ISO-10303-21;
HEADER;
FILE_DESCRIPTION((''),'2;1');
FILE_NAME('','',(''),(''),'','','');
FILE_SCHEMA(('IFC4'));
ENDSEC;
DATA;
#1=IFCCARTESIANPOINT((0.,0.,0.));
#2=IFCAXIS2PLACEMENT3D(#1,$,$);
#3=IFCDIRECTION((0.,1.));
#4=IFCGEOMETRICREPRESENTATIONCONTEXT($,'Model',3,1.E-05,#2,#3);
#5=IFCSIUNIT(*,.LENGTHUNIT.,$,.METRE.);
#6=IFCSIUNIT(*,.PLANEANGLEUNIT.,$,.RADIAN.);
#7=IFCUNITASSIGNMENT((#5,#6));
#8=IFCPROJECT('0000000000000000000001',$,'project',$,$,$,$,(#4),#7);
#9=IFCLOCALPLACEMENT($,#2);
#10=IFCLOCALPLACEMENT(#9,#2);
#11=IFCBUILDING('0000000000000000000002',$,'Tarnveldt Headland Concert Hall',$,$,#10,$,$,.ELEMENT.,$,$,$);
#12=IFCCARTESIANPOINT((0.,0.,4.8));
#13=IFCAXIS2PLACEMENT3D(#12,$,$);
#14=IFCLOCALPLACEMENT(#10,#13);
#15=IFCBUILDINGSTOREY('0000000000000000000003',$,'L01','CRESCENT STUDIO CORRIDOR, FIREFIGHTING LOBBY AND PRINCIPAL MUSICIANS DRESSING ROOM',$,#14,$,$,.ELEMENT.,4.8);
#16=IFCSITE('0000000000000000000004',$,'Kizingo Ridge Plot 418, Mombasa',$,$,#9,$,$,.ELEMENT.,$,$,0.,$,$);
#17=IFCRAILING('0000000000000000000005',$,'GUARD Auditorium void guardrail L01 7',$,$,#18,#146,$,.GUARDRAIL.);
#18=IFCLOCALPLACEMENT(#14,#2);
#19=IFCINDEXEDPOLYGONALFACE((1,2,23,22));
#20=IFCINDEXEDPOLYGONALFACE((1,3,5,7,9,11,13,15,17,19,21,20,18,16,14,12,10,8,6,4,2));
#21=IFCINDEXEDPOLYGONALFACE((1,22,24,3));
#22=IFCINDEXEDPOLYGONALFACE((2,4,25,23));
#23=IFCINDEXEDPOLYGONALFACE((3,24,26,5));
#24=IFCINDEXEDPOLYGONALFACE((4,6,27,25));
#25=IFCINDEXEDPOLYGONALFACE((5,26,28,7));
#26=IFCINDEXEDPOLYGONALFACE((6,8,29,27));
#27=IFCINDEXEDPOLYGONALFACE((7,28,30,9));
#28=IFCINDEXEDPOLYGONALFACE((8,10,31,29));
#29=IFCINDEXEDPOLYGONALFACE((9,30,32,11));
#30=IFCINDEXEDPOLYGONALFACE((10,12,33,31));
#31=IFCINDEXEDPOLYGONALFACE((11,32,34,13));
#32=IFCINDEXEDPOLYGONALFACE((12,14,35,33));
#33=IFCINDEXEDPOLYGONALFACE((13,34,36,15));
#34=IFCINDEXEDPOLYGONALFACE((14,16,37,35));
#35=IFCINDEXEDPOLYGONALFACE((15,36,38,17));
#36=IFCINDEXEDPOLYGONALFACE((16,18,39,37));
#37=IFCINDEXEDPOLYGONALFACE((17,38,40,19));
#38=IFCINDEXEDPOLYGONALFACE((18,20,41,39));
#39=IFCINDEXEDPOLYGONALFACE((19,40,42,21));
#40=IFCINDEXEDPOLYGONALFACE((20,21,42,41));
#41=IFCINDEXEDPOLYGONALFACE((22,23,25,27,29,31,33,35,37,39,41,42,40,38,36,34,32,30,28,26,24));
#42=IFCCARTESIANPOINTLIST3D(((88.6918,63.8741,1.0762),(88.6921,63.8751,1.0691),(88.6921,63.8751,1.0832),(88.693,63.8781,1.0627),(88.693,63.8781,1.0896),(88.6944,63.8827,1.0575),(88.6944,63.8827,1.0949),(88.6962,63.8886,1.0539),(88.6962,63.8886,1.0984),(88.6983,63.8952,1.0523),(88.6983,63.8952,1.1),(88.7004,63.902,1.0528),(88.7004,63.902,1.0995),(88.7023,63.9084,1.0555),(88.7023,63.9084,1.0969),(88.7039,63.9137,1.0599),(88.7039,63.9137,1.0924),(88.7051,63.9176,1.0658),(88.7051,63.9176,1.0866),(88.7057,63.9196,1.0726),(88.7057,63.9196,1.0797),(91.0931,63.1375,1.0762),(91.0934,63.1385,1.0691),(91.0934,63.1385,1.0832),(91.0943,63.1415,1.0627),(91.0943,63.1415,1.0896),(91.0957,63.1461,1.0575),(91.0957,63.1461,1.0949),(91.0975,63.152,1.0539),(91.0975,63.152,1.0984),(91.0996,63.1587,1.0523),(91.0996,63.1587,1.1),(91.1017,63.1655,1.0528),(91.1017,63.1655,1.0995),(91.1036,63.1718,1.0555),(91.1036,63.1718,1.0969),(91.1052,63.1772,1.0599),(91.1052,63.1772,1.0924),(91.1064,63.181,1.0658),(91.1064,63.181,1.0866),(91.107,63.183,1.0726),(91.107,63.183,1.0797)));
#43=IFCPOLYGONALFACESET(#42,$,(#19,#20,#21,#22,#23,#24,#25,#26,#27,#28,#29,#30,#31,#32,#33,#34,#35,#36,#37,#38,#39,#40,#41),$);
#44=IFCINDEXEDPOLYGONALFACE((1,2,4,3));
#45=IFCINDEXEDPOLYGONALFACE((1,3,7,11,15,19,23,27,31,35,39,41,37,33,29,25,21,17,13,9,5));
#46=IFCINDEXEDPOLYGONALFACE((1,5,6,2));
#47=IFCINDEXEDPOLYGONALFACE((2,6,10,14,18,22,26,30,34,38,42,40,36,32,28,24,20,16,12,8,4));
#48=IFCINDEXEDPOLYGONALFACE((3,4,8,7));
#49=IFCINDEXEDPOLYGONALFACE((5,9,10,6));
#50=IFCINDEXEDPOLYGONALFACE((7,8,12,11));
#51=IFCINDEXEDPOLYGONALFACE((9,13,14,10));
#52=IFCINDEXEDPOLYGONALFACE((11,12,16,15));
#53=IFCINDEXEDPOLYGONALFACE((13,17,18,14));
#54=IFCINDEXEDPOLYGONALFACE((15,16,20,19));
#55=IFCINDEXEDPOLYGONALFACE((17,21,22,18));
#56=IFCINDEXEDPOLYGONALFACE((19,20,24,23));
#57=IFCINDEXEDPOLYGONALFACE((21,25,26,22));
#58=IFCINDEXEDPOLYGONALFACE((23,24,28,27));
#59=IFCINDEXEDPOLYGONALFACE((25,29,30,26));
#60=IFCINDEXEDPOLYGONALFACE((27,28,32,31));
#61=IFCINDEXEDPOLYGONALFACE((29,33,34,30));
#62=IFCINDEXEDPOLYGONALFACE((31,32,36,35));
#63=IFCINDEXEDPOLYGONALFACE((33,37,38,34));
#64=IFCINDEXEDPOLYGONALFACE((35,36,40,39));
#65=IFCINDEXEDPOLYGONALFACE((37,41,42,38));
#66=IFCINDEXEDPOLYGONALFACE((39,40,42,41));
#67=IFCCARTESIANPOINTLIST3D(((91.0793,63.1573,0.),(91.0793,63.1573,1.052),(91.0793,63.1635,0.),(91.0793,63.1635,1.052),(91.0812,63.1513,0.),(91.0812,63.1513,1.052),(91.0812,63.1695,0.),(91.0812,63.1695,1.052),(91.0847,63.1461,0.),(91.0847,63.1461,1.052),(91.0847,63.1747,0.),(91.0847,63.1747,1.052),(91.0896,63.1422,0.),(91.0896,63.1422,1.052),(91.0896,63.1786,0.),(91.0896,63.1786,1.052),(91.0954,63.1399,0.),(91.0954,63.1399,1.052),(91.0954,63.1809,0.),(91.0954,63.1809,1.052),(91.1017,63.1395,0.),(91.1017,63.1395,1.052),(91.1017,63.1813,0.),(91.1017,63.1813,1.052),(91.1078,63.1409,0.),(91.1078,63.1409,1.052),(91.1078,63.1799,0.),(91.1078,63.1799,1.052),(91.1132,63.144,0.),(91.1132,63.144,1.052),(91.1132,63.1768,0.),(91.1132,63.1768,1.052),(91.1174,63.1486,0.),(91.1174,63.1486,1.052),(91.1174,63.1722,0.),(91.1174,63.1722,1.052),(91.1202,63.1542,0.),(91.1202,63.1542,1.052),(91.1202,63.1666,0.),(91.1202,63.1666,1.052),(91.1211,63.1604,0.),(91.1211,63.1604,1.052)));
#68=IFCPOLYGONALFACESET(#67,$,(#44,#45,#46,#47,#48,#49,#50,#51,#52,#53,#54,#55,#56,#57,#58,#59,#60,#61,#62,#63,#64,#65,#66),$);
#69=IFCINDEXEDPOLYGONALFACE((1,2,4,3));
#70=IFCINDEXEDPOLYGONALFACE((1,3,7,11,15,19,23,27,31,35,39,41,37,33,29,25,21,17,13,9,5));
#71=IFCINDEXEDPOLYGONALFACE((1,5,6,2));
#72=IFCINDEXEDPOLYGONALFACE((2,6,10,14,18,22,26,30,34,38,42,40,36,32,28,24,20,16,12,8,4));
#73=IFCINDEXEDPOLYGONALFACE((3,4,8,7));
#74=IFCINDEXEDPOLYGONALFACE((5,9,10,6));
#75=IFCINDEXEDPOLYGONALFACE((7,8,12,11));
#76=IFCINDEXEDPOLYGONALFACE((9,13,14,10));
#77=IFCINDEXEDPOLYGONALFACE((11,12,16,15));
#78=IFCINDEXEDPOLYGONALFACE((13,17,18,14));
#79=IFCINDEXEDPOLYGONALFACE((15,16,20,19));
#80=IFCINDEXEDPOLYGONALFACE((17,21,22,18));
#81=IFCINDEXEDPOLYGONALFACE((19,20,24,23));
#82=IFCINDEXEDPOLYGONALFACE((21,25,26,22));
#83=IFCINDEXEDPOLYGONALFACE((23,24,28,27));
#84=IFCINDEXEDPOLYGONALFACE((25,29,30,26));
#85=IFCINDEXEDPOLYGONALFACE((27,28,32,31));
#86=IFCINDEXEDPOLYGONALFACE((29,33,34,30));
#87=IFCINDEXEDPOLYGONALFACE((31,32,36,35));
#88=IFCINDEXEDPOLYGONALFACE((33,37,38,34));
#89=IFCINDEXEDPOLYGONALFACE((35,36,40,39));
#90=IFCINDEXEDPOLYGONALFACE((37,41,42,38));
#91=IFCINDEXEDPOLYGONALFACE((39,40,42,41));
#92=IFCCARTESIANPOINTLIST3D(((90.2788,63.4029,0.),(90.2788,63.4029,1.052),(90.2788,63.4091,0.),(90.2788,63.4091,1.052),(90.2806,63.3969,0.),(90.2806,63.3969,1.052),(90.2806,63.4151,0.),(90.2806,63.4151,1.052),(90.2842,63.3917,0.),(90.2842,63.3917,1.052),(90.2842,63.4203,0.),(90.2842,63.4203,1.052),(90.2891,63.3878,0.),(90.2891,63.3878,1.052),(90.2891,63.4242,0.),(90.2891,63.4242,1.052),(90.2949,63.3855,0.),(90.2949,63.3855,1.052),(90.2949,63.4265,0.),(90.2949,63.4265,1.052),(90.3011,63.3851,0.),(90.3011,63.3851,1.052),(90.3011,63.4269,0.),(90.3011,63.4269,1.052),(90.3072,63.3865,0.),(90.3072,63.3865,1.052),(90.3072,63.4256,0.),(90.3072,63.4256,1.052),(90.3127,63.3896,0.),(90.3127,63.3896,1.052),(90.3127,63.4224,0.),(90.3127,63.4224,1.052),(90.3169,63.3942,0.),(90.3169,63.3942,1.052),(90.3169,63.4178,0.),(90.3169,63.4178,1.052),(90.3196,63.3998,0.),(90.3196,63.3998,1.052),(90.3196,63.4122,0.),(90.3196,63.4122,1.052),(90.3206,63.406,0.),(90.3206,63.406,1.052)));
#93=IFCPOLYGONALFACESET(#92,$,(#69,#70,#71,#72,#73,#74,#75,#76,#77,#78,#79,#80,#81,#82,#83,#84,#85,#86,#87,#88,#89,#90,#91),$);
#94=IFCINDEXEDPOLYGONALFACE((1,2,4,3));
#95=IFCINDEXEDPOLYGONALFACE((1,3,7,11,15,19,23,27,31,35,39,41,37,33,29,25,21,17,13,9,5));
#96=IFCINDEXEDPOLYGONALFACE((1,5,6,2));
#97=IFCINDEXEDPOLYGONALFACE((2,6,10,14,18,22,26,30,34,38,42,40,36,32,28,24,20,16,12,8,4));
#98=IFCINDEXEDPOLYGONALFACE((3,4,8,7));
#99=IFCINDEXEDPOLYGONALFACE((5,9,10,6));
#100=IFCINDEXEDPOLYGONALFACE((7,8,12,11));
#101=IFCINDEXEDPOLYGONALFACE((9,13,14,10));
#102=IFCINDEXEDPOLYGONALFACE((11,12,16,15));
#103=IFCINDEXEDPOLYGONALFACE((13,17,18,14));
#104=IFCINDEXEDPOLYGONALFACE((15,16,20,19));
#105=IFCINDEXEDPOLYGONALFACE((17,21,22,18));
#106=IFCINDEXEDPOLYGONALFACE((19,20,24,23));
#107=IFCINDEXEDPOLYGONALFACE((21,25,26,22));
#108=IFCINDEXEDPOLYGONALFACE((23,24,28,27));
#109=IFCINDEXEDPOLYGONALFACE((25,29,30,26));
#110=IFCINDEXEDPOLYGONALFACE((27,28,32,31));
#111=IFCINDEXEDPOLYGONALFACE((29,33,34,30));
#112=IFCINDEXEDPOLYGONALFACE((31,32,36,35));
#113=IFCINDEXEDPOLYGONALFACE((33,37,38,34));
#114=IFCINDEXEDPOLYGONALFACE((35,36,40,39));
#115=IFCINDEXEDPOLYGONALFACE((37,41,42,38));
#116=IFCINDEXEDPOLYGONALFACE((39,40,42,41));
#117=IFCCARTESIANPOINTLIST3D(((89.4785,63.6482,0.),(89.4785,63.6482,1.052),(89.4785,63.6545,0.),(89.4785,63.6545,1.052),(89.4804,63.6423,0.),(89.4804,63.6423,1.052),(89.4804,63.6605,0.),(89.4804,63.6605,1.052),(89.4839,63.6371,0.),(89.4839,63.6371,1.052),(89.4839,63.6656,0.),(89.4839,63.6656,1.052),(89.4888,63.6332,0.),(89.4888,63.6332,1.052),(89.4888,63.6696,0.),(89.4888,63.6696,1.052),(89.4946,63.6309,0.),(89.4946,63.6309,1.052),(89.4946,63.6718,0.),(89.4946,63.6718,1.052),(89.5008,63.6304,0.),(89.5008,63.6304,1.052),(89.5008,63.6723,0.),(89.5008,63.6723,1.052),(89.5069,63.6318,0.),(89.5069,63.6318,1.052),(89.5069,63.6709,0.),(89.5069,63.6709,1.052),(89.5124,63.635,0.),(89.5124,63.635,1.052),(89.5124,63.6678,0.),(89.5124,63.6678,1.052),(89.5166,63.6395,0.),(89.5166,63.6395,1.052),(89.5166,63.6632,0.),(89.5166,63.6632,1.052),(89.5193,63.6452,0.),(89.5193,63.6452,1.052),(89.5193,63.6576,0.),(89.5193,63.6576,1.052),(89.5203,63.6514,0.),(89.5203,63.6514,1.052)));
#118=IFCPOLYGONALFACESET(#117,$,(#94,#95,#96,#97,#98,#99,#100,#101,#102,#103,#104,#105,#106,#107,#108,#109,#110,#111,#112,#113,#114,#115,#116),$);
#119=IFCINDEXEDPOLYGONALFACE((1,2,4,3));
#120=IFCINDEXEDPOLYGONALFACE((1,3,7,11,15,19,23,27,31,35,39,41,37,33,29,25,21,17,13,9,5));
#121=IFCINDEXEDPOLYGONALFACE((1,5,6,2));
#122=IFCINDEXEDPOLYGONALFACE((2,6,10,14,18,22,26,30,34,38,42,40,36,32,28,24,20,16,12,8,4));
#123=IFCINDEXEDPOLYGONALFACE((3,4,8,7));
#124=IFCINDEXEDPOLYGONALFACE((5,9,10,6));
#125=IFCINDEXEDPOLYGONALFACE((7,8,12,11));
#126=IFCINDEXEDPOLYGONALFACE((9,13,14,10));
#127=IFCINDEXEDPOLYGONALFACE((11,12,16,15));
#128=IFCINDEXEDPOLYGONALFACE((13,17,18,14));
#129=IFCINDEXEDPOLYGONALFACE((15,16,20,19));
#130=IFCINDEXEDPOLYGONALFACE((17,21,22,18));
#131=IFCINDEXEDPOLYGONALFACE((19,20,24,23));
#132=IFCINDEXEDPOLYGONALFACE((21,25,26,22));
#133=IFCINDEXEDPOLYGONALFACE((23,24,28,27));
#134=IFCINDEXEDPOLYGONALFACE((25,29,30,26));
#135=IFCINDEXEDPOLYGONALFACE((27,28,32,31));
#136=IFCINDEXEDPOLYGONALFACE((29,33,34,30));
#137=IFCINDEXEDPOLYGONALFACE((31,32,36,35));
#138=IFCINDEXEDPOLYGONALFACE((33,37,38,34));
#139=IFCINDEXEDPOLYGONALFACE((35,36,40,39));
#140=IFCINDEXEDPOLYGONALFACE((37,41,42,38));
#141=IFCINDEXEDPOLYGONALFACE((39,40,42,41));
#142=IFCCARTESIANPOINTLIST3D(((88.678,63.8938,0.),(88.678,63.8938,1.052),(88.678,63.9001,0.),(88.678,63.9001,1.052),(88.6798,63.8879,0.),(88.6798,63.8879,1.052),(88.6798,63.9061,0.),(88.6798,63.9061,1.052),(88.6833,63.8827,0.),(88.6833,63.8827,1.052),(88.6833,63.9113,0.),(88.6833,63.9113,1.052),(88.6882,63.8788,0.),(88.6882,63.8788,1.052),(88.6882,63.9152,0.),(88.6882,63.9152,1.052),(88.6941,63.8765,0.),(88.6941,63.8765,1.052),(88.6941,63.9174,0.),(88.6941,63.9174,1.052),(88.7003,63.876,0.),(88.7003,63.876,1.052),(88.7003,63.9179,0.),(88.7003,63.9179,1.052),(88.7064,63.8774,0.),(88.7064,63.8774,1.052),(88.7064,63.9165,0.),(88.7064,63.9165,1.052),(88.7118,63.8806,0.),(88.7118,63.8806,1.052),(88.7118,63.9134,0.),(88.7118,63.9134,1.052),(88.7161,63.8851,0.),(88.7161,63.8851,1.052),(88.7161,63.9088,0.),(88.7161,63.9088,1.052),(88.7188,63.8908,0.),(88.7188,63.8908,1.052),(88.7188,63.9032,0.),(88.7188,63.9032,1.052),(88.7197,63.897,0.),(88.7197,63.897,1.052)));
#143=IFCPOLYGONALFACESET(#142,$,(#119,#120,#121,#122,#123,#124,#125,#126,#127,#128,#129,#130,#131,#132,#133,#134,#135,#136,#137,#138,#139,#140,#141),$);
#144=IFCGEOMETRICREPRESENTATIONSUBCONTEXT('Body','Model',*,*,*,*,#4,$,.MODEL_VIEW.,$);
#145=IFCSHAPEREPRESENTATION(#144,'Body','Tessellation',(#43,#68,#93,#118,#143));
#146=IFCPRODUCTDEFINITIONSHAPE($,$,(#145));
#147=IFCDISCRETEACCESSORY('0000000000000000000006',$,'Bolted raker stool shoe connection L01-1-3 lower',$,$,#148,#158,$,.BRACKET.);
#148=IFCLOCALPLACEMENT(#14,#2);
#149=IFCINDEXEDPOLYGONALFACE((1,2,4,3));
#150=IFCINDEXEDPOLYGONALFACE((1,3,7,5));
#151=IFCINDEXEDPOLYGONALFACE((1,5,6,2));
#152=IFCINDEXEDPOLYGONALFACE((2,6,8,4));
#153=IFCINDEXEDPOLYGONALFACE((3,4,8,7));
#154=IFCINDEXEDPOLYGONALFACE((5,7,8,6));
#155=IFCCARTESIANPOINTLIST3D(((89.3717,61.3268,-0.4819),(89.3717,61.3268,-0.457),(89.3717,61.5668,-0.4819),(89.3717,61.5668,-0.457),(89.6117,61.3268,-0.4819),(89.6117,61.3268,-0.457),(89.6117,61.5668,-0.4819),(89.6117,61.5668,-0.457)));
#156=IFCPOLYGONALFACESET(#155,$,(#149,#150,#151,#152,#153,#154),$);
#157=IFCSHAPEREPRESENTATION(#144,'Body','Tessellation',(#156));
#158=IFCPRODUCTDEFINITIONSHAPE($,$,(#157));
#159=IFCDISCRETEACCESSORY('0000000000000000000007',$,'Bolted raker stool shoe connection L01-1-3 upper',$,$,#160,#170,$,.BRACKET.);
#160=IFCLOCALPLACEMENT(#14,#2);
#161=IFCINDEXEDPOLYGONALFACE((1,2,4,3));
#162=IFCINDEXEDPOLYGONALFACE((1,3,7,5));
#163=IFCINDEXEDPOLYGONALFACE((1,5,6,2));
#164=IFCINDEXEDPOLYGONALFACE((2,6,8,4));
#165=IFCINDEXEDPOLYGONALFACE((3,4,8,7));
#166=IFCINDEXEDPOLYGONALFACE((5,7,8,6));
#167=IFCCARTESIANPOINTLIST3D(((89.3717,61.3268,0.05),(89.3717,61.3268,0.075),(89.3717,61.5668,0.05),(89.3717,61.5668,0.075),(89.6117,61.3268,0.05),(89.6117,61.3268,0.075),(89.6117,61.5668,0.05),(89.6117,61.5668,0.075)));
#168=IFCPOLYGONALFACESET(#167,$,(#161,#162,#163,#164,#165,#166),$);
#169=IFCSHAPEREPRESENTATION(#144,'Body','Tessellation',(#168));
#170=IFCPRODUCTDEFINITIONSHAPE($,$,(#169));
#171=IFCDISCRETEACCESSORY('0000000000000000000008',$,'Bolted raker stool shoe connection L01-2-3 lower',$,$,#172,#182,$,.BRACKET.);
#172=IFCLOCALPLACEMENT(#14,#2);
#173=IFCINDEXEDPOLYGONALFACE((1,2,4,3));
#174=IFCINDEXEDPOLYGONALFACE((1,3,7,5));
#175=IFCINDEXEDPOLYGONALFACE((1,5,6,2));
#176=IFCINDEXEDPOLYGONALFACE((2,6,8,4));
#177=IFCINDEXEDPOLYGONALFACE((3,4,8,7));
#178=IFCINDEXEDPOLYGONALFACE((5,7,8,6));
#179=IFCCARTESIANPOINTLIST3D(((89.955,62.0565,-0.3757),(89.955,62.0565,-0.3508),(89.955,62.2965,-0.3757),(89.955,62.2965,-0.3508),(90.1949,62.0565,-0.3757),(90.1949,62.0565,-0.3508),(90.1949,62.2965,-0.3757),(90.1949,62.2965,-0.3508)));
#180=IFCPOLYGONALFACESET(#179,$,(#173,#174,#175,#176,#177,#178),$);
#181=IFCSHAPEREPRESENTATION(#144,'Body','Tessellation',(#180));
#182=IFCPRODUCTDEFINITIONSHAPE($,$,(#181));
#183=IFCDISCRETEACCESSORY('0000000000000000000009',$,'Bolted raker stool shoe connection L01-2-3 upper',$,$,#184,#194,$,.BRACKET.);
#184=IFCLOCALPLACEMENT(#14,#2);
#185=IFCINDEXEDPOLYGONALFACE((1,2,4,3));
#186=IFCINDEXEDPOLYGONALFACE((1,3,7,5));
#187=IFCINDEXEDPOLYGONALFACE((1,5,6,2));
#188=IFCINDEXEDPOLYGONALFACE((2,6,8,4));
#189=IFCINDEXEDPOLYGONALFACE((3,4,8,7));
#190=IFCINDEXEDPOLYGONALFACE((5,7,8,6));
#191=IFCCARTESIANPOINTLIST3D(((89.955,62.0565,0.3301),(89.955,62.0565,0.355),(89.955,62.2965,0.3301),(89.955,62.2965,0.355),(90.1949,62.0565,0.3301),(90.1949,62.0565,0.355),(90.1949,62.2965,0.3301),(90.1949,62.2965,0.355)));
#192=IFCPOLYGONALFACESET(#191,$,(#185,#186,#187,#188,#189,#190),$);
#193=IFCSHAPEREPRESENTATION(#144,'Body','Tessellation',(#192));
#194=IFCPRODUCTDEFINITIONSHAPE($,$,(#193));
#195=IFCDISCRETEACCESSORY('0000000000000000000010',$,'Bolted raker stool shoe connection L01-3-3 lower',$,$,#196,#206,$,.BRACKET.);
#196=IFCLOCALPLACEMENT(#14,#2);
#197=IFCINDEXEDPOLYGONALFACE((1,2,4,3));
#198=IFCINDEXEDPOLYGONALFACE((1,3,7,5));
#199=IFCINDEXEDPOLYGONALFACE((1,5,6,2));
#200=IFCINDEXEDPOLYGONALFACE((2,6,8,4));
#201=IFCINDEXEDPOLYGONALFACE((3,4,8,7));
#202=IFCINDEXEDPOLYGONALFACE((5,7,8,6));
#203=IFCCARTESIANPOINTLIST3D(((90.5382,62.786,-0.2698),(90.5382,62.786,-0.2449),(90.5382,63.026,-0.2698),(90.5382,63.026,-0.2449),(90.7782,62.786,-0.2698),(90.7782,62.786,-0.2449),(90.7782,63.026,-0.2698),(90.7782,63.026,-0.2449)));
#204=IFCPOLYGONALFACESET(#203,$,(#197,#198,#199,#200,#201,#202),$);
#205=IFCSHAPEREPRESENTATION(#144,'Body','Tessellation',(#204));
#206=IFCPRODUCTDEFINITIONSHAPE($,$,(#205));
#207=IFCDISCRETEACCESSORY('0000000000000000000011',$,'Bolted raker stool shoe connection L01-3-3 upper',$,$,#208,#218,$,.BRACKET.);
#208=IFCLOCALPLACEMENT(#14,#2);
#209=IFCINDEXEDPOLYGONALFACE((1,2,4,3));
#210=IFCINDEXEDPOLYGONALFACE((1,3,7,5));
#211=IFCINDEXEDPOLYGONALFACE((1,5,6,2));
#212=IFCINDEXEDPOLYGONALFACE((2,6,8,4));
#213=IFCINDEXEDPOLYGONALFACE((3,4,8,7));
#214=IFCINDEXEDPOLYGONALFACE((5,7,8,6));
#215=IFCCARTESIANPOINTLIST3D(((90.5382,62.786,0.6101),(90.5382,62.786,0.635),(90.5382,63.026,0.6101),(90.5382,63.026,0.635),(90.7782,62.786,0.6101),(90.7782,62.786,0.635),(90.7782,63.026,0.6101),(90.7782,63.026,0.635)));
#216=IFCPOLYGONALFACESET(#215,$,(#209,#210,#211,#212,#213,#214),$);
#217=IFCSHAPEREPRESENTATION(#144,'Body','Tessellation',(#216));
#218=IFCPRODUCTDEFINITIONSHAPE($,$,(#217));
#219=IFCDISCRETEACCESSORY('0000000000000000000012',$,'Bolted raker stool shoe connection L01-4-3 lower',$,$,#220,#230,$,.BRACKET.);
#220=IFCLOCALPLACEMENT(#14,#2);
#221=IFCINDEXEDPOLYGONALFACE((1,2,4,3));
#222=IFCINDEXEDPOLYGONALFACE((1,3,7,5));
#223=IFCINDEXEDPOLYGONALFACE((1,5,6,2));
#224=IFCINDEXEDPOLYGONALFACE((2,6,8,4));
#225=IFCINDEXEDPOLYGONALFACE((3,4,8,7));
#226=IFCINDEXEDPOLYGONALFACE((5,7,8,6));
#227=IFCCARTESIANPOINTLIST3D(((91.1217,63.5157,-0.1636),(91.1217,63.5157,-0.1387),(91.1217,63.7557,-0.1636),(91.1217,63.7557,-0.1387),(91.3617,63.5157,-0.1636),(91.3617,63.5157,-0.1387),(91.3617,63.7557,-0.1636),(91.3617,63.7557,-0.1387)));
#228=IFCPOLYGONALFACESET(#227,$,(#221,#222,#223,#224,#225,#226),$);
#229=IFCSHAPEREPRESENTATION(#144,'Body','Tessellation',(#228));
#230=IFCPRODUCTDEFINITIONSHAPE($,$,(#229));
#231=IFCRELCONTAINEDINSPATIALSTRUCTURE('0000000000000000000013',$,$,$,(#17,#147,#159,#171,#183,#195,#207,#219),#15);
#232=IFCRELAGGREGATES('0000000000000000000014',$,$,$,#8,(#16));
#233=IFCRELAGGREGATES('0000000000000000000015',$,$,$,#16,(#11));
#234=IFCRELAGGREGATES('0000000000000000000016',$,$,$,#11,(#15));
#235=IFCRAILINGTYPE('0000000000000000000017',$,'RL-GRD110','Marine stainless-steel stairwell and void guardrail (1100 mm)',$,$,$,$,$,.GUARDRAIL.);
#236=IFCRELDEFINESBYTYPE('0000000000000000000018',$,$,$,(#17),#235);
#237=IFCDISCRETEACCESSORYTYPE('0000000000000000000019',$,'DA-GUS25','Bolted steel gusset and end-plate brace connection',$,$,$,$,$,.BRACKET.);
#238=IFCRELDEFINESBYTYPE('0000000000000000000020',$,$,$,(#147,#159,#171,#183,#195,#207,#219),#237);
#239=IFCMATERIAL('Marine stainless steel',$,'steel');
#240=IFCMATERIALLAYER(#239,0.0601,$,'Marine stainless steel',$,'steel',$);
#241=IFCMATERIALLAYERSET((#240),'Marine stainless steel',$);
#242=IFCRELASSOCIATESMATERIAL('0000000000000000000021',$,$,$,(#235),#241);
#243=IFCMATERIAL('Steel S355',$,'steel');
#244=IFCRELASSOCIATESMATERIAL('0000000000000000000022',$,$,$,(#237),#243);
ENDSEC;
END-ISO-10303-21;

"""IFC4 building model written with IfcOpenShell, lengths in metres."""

from ifc_helpers import new_model, si_unit, direction, frame, origin, origin_2d, place, context, subcontext, project, spatial, rectangle, circle, extrude, material, layer, layer_set, type_object, element, save


model = new_model("IFC4")

# Units and contexts
model_context = context("Model", 3, precision=1e-05, world=origin(), true_north=direction((0.0, 1.0)))
body_context = subcontext(model_context, "Body", "Model", "MODEL_VIEW")
ifc_project = project(units=[si_unit("LENGTHUNIT", "METRE"), si_unit("PLANEANGLEUNIT", "RADIAN")], contexts=[model_context])

# Site, building, storey
site_placement = place(None, origin())
site = spatial("IfcSite", under=ifc_project, at=site_placement, Name="Kizingo Ridge Plot 418, Mombasa", CompositionType="ELEMENT", RefElevation=0.0)
building_placement = place(site_placement, origin())
building = spatial("IfcBuilding", under=site, at=building_placement, Name="Tarnveldt Headland Concert Hall", CompositionType="ELEMENT")
storey_placement = place(building_placement, frame((0.0, 0.0, 4.8)))
storey = spatial("IfcBuildingStorey", under=building, at=storey_placement, Name="L01", Description="CRESCENT STUDIO CORRIDOR, FIREFIGHTING LOBBY AND PRINCIPAL MUSICIANS DRESSING ROOM", CompositionType="ELEMENT", Elevation=4.8)

# Shared definitions
ifc_material_1 = material(Name="Steel S355", Category="steel")

# Railing
ifc_material_2 = material(Name="Marine stainless steel", Category="steel")
ifc_layer_1 = layer(ifc_material_2, 0.0601, Name="Marine stainless steel", Category="steel")
ifc_layer_set_1 = layer_set([ifc_layer_1], Name="Marine stainless steel")
railing_type = type_object("IfcRailingType", Name="RL-GRD110", Description="Marine stainless-steel stairwell and void guardrail (1100 mm)", PredefinedType="GUARDRAIL", material=ifc_layer_set_1)
railing_1_placement = place(storey_placement, frame((91.1001, 63.1604, 0.0)))
element("IfcRailing", 1, at=railing_1_placement, inside=storey, type_object=railing_type, Name="GUARD Auditorium void guardrail L01 7", PredefinedType="GUARDRAIL", context=body_context, shape_type="SweptSolid", body=[
    extrude(circle(Radius=0.0239, at=origin_2d()), frame((0.0, 0.0, 1.0762), z_axis=(-0.956037, 0.293246, 0.0), x_axis=(-0.293246, -0.956037, 0.0)), (0.0, 0.0, 1.0), 2.5117),
    extrude(circle(Radius=0.021, at=origin_2d()), origin(), (0.0, 0.0, 1.0), 1.052),
    extrude(circle(Radius=0.021, at=origin_2d()), frame((-0.8005, 0.2456, 0.0)), (0.0, 0.0, 1.0), 1.052),
    extrude(circle(Radius=0.021, at=origin_2d()), frame((-1.6008, 0.491, 0.0)), (0.0, 0.0, 1.0), 1.052),
    extrude(circle(Radius=0.021, at=origin_2d()), frame((-2.4014, 0.7366, 0.0)), (0.0, 0.0, 1.0), 1.052),
])

# Discrete accessories
discrete_accessory_type = type_object("IfcDiscreteAccessoryType", Name="DA-GUS25", Description="Bolted steel gusset and end-plate brace connection", PredefinedType="BRACKET", material=ifc_material_1)
for number, where, z_axis, x_axis, name in (
    (2, (89.4917, 61.4468, -0.4819), (0.0, 0.0, 1.0), (1.0, 0.0, 0.0), "Bolted raker stool shoe connection L01-1-3 lower"),
    (3, (89.4917, 61.4468, 0.05), (0.0, 0.0, 1.0), (1.0, 0.0, 0.0), "Bolted raker stool shoe connection L01-1-3 upper"),
    (4, (90.075, 62.1765, -0.3757), (0.0, 0.0, 1.0), (1.0, 0.0, 0.0), "Bolted raker stool shoe connection L01-2-3 lower"),
    (5, (90.075, 62.1765, 0.3301), (0.0, 0.0, 1.0), (1.0, 0.0, 0.0), "Bolted raker stool shoe connection L01-2-3 upper"),
    (6, (90.6582, 62.906, -0.2698), (0.0, 0.0, 1.0), (1.0, 0.0, 0.0), "Bolted raker stool shoe connection L01-3-3 lower"),
    (7, (90.6582, 62.906, 0.6101), (0.0, 0.0, 1.0), (1.0, 0.0, 0.0), "Bolted raker stool shoe connection L01-3-3 upper"),
    (8, (91.2417, 63.6357, -0.1636), (0.0, 0.0, 1.0), (1.0, 0.0, 0.0), "Bolted raker stool shoe connection L01-4-3 lower"),
):
    element("IfcDiscreteAccessory", number, at=place(storey_placement, frame(where, z_axis=z_axis, x_axis=x_axis)), inside=storey, type_object=discrete_accessory_type, Name=name, PredefinedType="BRACKET", context=body_context, shape_type="SweptSolid", body=[
        extrude(rectangle(XDim=0.24, YDim=0.24, at=origin_2d()), origin(), (0.0, 0.0, 1.0), 0.0249),
    ])

save(model, "model.ifc")
